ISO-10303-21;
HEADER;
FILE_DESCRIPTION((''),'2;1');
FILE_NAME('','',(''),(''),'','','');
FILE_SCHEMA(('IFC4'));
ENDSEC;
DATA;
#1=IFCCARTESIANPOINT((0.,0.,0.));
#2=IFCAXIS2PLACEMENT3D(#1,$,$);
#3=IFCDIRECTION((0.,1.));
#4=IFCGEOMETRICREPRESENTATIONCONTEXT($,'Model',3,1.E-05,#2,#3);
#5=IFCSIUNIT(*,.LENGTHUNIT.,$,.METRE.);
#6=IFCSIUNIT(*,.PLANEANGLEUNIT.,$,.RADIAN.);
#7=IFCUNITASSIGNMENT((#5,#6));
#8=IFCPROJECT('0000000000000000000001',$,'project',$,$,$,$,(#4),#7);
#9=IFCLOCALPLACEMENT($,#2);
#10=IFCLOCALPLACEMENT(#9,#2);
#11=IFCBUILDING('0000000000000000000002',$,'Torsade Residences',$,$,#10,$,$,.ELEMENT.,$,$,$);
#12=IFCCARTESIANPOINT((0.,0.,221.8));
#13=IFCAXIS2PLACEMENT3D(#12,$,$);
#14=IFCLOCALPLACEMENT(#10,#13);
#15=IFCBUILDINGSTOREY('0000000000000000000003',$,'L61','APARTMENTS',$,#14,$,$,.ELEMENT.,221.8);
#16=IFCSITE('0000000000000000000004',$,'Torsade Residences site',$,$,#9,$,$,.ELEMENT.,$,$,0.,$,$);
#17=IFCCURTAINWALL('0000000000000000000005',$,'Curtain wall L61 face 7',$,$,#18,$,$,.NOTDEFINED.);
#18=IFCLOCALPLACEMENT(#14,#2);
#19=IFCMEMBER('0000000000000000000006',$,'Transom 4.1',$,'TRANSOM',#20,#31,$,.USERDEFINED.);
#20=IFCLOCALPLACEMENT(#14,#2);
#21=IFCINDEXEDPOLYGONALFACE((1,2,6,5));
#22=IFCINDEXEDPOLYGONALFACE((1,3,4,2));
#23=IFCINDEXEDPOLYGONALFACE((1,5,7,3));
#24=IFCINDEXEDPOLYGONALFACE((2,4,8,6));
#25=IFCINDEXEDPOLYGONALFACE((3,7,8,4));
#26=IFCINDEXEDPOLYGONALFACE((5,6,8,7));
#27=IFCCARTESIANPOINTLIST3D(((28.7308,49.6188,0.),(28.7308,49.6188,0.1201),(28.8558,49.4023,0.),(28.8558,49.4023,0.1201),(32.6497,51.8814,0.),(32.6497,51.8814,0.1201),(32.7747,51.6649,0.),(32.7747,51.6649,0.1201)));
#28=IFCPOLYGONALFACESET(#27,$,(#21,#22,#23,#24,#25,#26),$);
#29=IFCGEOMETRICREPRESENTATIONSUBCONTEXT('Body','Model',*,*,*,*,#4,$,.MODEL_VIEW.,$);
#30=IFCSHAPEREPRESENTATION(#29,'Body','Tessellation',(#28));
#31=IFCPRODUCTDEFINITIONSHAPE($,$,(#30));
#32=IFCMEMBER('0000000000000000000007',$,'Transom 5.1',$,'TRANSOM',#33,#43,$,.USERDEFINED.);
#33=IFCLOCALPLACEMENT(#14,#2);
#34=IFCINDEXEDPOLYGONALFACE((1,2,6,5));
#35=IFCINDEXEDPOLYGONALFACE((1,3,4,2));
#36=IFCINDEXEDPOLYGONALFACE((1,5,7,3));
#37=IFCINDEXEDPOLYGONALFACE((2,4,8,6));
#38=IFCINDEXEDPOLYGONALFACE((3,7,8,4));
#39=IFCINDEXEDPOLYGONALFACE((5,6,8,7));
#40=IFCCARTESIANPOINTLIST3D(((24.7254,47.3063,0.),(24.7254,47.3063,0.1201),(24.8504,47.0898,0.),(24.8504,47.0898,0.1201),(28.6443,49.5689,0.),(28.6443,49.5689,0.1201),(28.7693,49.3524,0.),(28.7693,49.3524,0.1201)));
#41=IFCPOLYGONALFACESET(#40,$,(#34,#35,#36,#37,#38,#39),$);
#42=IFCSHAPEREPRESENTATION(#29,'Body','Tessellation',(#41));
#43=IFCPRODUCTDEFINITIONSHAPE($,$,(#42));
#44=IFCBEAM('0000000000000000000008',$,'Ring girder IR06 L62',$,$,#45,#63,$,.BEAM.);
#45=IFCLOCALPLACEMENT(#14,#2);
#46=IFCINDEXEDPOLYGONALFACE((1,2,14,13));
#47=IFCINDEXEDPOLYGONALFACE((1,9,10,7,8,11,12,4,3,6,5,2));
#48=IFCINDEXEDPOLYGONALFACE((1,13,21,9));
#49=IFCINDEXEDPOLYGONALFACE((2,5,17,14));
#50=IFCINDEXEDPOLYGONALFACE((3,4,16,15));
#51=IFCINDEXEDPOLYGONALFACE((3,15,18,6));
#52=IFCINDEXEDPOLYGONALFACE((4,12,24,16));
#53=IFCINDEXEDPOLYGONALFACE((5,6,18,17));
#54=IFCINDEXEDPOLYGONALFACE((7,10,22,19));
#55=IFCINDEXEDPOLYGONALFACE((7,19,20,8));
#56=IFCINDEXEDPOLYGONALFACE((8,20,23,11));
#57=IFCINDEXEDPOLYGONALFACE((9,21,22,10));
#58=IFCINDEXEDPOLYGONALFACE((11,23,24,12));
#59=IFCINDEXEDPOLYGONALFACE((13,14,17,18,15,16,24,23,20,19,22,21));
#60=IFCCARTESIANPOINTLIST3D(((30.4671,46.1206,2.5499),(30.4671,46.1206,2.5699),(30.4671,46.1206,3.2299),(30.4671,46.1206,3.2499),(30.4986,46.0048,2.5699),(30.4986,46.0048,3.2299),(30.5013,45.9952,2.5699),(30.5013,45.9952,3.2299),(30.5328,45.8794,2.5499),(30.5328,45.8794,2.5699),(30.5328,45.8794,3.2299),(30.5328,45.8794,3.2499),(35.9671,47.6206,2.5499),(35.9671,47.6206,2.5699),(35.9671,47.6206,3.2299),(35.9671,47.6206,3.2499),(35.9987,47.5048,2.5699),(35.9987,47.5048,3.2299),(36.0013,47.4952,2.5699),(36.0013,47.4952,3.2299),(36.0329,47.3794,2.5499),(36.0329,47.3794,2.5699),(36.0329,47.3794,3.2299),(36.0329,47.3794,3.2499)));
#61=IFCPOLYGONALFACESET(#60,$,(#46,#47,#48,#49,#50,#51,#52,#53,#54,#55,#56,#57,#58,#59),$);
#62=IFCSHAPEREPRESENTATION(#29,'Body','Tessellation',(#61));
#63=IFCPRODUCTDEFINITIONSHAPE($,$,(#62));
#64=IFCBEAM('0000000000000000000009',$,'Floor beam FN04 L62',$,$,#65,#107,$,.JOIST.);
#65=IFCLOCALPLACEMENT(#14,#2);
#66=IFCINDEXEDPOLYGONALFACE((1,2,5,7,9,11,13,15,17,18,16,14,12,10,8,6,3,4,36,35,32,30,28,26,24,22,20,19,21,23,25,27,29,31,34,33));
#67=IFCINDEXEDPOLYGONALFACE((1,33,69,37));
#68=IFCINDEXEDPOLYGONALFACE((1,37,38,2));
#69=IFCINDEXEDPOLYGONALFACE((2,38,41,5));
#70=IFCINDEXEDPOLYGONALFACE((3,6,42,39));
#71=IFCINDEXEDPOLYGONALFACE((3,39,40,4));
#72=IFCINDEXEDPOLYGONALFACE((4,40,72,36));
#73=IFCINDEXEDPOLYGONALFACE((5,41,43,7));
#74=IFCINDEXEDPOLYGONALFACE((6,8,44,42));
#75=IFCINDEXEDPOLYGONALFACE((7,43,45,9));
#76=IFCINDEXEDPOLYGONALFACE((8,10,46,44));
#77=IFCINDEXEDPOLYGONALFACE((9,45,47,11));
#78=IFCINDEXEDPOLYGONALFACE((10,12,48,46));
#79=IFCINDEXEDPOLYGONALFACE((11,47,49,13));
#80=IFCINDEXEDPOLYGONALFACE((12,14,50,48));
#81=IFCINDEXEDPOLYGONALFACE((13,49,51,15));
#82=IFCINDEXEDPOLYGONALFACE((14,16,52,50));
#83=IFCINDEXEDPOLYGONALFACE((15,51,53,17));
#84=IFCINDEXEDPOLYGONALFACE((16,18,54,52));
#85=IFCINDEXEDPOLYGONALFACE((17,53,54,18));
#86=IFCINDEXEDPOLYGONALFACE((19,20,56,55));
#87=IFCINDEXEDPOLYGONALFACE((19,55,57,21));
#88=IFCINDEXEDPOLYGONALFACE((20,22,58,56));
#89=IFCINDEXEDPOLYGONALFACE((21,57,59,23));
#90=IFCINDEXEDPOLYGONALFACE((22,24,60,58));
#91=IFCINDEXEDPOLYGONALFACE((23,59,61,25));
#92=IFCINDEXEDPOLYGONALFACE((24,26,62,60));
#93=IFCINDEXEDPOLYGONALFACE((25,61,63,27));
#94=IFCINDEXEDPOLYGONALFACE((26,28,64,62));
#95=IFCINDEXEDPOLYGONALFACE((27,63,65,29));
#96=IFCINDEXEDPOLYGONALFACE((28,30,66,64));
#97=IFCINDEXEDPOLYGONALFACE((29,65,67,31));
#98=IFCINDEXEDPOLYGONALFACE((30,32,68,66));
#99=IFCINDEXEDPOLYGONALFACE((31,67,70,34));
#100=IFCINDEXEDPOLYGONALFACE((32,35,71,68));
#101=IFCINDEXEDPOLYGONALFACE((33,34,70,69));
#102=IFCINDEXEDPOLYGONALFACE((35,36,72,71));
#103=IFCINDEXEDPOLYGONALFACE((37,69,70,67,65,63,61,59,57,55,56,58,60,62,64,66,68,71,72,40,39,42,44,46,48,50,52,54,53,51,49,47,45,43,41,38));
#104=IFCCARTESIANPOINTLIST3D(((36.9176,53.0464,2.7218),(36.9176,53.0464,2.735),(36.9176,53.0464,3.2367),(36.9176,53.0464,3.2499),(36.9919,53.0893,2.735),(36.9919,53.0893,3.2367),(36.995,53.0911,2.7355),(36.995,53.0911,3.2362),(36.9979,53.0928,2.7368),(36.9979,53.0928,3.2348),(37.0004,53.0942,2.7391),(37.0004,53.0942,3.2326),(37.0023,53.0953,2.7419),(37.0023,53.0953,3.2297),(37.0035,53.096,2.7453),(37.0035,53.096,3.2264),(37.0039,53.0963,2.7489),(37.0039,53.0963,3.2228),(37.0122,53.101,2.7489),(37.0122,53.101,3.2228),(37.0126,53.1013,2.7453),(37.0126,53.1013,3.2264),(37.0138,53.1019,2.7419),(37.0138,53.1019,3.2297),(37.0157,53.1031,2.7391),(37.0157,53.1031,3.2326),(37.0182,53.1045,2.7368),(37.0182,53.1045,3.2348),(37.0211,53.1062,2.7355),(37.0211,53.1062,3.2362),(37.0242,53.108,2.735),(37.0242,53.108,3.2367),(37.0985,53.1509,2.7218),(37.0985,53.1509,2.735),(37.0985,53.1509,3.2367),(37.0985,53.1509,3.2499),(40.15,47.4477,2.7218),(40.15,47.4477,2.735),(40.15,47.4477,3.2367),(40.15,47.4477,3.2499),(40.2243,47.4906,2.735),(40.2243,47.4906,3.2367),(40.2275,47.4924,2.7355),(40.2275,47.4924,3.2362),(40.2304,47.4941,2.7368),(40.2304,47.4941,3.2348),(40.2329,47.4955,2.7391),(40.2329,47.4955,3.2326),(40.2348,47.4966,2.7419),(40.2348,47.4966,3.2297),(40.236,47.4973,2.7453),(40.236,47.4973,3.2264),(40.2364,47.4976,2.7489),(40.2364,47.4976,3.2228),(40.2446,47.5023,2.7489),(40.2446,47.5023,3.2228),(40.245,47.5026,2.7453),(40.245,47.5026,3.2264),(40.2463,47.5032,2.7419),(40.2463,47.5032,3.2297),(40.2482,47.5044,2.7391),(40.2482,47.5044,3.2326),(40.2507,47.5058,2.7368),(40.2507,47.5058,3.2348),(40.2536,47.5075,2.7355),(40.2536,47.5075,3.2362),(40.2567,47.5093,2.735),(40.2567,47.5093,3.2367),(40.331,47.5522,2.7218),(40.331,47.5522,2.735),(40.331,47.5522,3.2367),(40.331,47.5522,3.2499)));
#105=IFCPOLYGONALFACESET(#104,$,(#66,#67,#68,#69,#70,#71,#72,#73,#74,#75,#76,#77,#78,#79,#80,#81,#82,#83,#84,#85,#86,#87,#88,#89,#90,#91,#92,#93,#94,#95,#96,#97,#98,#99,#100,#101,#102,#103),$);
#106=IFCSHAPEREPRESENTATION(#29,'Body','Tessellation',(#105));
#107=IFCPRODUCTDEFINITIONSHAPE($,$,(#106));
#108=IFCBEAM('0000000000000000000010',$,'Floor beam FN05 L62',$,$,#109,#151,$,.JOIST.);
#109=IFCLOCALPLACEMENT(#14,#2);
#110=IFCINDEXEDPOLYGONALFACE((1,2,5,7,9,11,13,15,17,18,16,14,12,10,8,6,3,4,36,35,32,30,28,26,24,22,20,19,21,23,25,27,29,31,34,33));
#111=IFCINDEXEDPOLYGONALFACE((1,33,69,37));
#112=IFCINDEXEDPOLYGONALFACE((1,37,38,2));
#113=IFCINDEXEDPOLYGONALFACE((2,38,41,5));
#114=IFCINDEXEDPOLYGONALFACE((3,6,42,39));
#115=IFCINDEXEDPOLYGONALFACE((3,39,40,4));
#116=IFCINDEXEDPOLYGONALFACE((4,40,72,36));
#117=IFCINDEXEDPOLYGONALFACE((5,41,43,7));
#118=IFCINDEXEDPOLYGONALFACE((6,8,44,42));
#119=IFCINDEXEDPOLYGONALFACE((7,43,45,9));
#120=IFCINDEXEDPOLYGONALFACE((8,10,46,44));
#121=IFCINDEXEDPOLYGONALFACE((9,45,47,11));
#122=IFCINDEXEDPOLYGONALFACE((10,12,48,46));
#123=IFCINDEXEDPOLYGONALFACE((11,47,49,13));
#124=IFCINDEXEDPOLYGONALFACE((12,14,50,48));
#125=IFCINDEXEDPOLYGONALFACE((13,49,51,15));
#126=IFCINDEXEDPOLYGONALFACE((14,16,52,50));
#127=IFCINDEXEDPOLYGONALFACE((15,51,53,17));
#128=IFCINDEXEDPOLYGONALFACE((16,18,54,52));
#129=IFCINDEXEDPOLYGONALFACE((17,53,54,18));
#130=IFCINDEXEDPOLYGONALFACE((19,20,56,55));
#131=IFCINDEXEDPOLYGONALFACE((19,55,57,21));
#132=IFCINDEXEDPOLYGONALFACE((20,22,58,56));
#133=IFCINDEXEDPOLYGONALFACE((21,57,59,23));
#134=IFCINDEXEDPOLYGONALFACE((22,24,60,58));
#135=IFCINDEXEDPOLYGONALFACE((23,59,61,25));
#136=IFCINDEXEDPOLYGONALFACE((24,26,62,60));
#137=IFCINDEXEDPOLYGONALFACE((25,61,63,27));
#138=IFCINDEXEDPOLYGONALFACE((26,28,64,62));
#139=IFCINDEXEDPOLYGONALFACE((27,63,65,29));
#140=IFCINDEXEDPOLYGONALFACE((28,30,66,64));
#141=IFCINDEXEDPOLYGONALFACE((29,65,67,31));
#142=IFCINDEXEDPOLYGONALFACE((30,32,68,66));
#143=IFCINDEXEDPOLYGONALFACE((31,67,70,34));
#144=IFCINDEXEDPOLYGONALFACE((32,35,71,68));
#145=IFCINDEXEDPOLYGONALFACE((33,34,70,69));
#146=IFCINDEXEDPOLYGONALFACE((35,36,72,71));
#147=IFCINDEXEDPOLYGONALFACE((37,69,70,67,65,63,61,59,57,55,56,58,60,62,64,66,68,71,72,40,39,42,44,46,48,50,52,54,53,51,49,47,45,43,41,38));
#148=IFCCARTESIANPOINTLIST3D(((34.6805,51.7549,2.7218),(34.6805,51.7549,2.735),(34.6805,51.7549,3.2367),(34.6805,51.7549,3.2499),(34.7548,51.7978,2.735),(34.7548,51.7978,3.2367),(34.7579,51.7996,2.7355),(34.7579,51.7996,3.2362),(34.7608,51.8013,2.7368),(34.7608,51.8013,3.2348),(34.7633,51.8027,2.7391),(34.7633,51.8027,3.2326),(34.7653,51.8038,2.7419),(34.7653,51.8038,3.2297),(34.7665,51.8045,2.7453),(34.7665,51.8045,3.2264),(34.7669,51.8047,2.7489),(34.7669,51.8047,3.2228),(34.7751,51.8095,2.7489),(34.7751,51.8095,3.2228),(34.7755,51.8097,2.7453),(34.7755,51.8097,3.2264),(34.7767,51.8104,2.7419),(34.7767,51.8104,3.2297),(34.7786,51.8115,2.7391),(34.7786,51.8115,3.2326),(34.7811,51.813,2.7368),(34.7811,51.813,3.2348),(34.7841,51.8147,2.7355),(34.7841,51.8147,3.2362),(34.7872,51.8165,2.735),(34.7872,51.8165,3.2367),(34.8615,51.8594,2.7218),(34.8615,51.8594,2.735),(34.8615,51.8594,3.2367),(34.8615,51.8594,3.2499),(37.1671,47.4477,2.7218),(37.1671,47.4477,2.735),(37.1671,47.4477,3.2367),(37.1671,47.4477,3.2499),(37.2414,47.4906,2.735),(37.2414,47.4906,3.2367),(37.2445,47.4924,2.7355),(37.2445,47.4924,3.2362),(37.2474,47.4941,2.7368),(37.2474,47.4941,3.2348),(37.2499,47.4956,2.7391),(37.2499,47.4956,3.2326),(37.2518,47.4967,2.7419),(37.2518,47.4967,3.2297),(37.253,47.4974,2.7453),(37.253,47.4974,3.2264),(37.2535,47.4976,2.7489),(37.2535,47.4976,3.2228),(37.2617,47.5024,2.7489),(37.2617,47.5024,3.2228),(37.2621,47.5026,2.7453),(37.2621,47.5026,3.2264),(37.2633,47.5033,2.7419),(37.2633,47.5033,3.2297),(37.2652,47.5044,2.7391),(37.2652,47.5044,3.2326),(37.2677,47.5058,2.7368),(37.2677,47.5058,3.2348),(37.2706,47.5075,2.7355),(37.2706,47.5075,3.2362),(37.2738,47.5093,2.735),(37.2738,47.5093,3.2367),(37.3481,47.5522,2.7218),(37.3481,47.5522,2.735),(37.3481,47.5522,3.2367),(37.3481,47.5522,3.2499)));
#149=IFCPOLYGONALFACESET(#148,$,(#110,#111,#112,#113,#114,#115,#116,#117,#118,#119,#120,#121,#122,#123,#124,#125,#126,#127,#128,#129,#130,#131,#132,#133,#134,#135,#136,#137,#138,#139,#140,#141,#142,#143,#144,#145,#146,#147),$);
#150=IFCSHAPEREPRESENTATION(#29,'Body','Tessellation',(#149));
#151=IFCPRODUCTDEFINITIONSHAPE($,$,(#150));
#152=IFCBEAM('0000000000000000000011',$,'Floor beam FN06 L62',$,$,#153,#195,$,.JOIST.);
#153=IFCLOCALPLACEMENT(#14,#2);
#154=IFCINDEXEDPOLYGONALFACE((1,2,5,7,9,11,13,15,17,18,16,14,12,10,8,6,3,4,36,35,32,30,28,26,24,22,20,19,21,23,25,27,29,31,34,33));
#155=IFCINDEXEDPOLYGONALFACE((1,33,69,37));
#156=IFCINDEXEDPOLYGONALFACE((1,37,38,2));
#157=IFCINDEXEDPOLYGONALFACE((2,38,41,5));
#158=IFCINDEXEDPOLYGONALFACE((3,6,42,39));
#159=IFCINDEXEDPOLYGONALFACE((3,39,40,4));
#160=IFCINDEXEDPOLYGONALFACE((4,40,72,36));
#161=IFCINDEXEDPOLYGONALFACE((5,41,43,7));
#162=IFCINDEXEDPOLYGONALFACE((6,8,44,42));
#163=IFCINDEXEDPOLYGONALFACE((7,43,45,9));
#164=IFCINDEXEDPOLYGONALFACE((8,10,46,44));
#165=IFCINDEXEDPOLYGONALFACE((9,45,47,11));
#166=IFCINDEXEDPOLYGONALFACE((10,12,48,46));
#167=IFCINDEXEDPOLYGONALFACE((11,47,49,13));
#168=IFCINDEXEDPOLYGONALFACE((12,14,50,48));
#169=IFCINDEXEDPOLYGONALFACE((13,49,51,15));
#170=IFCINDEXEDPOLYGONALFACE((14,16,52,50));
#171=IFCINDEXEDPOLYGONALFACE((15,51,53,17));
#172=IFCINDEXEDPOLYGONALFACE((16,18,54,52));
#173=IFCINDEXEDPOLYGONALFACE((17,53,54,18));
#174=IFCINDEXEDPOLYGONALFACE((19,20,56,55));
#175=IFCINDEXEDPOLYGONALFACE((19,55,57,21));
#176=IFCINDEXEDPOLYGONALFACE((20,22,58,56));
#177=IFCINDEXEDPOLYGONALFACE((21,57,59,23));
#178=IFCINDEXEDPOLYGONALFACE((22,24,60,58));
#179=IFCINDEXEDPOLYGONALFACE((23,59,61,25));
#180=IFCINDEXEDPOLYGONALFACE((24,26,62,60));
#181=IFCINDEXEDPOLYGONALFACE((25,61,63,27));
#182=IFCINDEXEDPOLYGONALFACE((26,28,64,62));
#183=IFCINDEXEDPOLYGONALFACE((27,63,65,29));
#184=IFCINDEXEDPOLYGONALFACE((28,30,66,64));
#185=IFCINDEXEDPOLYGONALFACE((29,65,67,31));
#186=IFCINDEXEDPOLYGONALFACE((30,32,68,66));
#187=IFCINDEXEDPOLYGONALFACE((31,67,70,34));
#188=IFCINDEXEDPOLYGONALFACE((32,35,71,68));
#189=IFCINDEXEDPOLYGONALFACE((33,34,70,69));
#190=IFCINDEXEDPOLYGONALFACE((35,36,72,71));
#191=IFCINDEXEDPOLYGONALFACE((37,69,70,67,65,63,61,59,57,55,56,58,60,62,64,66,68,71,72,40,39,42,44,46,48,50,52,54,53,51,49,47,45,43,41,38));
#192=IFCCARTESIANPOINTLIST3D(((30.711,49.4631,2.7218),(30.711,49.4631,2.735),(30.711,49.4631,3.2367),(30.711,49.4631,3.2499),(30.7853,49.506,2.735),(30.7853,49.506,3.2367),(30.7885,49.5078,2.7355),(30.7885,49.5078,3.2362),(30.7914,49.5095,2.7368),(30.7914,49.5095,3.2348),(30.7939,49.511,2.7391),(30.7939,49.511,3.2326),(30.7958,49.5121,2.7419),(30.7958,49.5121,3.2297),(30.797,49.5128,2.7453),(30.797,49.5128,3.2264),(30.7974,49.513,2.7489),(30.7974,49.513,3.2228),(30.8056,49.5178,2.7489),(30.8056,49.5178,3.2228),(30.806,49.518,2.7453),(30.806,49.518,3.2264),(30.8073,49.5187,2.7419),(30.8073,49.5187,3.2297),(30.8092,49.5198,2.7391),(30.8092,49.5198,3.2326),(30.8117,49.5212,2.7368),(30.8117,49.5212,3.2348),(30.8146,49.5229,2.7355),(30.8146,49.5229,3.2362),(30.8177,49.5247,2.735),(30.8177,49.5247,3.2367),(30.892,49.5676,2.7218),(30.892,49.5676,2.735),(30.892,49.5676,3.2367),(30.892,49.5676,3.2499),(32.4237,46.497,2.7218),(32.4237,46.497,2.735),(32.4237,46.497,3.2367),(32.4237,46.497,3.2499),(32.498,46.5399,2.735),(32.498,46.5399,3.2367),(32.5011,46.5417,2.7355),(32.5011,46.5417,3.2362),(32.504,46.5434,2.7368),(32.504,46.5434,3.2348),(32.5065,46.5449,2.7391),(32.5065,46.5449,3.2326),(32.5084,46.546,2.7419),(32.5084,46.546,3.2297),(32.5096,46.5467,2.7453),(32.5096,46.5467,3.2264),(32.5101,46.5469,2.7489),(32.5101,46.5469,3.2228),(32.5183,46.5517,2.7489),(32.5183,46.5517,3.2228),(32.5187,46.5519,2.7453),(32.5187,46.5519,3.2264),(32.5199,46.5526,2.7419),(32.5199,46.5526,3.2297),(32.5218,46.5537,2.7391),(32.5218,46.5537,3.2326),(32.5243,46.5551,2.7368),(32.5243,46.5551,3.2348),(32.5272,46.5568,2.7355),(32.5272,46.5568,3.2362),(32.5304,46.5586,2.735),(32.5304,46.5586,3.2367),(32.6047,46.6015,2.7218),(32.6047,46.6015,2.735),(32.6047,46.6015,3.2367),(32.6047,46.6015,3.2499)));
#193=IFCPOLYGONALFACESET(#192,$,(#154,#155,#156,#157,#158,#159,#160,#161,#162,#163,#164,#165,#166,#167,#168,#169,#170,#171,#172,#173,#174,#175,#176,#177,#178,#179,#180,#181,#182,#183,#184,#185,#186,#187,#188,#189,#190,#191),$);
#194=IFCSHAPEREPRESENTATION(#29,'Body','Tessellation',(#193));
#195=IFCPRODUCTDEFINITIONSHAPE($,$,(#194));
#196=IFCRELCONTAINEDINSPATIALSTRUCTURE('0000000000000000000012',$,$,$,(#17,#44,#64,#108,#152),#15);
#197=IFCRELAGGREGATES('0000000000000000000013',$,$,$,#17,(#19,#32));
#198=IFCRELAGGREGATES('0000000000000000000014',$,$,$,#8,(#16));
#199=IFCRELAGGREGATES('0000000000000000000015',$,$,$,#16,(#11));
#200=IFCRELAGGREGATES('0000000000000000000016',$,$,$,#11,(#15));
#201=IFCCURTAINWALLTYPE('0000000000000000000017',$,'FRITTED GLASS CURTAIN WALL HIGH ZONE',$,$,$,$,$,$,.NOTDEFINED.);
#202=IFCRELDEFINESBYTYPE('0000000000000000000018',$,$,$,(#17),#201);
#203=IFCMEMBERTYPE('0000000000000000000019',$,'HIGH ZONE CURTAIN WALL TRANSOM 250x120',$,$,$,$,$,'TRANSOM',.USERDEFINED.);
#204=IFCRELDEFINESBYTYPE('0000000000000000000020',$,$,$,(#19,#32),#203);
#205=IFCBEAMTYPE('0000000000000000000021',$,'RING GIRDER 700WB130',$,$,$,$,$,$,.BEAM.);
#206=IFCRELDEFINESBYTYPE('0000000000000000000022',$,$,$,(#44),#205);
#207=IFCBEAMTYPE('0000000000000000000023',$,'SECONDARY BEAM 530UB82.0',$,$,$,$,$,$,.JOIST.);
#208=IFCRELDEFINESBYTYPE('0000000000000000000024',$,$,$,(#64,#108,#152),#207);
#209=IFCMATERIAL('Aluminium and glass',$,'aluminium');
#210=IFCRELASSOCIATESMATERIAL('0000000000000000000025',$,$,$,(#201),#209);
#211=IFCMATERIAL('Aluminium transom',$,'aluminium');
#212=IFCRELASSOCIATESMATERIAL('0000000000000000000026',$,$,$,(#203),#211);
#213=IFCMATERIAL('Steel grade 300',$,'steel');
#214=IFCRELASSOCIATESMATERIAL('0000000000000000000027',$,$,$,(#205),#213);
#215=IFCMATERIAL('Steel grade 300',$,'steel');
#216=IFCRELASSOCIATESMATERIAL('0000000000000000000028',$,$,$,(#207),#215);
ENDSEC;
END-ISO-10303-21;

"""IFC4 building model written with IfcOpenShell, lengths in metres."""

from ifc_helpers import new_model, si_unit, direction, frame, origin, origin_2d, place, context, subcontext, project, spatial, rectangle, i_section, extrude, material, material_profile, profile_set, type_object, element, aggregate, save


model = new_model("IFC4")

# Units and contexts
model_context = context("Model", 3, precision=1e-05, world=origin(), true_north=direction((0.0, 1.0)))
body_context = subcontext(model_context, "Body", "Model", "MODEL_VIEW")
ifc_project = project(units=[si_unit("LENGTHUNIT", "METRE"), si_unit("PLANEANGLEUNIT", "RADIAN")], contexts=[model_context])

# Site, building, storey
site_placement = place(None, origin())
site = spatial("IfcSite", under=ifc_project, at=site_placement, Name="Torsade Residences site", CompositionType="ELEMENT", RefElevation=0.0)
building_placement = place(site_placement, origin())
building = spatial("IfcBuilding", under=site, at=building_placement, Name="Torsade Residences", CompositionType="ELEMENT")
storey_placement = place(building_placement, frame((0.0, 0.0, 221.8)))
storey = spatial("IfcBuildingStorey", under=building, at=storey_placement, Name="L61", Description="APARTMENTS", CompositionType="ELEMENT", Elevation=221.8)

# Curtain wall, members
ifc_material_1 = material(Name="Aluminium and glass", Category="aluminium")
curtain_wall_type = type_object("IfcCurtainWallType", Name="FRITTED GLASS CURTAIN WALL HIGH ZONE", PredefinedType="NOTDEFINED", material=ifc_material_1)
curtain_wall_placement = place(storey_placement, origin())
curtain_wall = element("IfcCurtainWall", 1, at=curtain_wall_placement, inside=storey, type_object=curtain_wall_type, Name="Curtain wall L61 face 7", PredefinedType="NOTDEFINED")
ifc_material_2 = material(Name="Aluminium transom", Category="aluminium")
ifc_material_profile_1 = material_profile(ifc_material_2, rectangle(XDim=0.25, YDim=0.1201, at=origin_2d()), Name="HIGH ZONE CURTAIN WALL TRANSOM 250x120")
ifc_profile_set_1 = profile_set([ifc_material_profile_1], Name="Aluminium transom")
member_type_1 = type_object("IfcMemberType", Name="HIGH ZONE CURTAIN WALL TRANSOM 250x120", ElementType="TRANSOM", PredefinedType="USERDEFINED", material=ifc_profile_set_1)
member_1_placement = place(storey_placement, frame((32.7122, 51.7732, 0.0601), z_axis=(-0.866017, -0.500015, 0.0), x_axis=(0.500015, -0.866017, 0.0)))
member_1 = element("IfcMember", 2, at=member_1_placement, type_object=member_type_1, Name="Transom 4.1", ObjectType="TRANSOM", PredefinedType="USERDEFINED", context=body_context, shape_type="SweptSolid", body=[
    extrude(rectangle(XDim=0.25, YDim=0.1201, at=origin_2d()), origin(), (0.0, 0.0, 1.0), 4.5251),
])
member_2_placement = place(storey_placement, frame((28.7068, 49.4607, 0.0601), z_axis=(-0.866017, -0.500015, 0.0), x_axis=(0.500015, -0.866017, 0.0)))
member_2 = element("IfcMember", 3, at=member_2_placement, type_object=member_type_1, Name="Transom 5.1", ObjectType="TRANSOM", PredefinedType="USERDEFINED", context=body_context, shape_type="SweptSolid", body=[
    extrude(rectangle(XDim=0.25, YDim=0.1201, at=origin_2d()), origin(), (0.0, 0.0, 1.0), 4.5251),
])

# Beams
ifc_material_3 = material(Name="Steel grade 300", Category="steel")
ifc_material_profile_2 = material_profile(ifc_material_3, i_section(OverallWidth=0.25, OverallDepth=0.7, WebThickness=0.01, FlangeThickness=0.02, at=origin_2d()), Name="700WB130")
ifc_profile_set_2 = profile_set([ifc_material_profile_2], Name="Steel grade 300")
beam_type_1 = type_object("IfcBeamType", Name="RING GIRDER 700WB130", PredefinedType="BEAM", material=ifc_profile_set_2)
beam_1_placement = place(storey_placement, frame((36.0, 47.5, 2.8999), z_axis=(-0.964764, -0.263117, 0.0), x_axis=(0.263117, -0.964764, 0.0)))
element("IfcBeam", 4, at=beam_1_placement, inside=storey, type_object=beam_type_1, Name="Ring girder IR06 L62", PredefinedType="BEAM", context=body_context, shape_type="SweptSolid", body=[
    extrude(i_section(OverallWidth=0.25, OverallDepth=0.7, WebThickness=0.01, FlangeThickness=0.02, at=origin_2d()), origin(), (0.0, 0.0, 1.0), 5.7009),
])
ifc_material_4 = material(Name="Steel grade 300", Category="steel")
ifc_material_profile_3 = material_profile(ifc_material_4, i_section(OverallWidth=0.209, OverallDepth=0.5281, WebThickness=0.0095, FlangeThickness=0.0132, FilletRadius=0.0139, at=origin_2d()), Name="530UB82.0")
ifc_profile_set_3 = profile_set([ifc_material_profile_3], Name="Steel grade 300")
beam_type_2 = type_object("IfcBeamType", Name="SECONDARY BEAM 530UB82.0", PredefinedType="JOIST", material=ifc_profile_set_3)
beam_2_placement = place(storey_placement, frame((37.0081, 53.0986, 2.9858), z_axis=(0.500006, -0.866022, 0.0), x_axis=(0.866022, 0.500006, 0.0)))
element("IfcBeam", 5, at=beam_2_placement, inside=storey, type_object=beam_type_2, Name="Floor beam FN04 L62", PredefinedType="JOIST", context=body_context, shape_type="SweptSolid", body=[
    extrude(i_section(OverallWidth=0.209, OverallDepth=0.5281, WebThickness=0.0095, FlangeThickness=0.0132, FilletRadius=0.0139, at=origin_2d()), origin(), (0.0, 0.0, 1.0), 6.4648),
])
beam_3_placement = place(storey_placement, frame((34.771, 51.8071, 2.9858), z_axis=(0.499977, -0.866038, 0.0), x_axis=(0.866038, 0.499977, 0.0)))
element("IfcBeam", 6, at=beam_3_placement, inside=storey, type_object=beam_type_2, Name="Floor beam FN05 L62", PredefinedType="JOIST", context=body_context, shape_type="SweptSolid", body=[
    extrude(i_section(OverallWidth=0.209, OverallDepth=0.5281, WebThickness=0.0095, FlangeThickness=0.0132, FilletRadius=0.0139, at=origin_2d()), origin(), (0.0, 0.0, 1.0), 4.9734),
])
beam_4_placement = place(storey_placement, frame((30.8015, 49.5154, 2.9858), z_axis=(0.500041, -0.866002, 0.0), x_axis=(0.866002, 0.500041, 0.0)))
element("IfcBeam", 7, at=beam_4_placement, inside=storey, type_object=beam_type_2, Name="Floor beam FN06 L62", PredefinedType="JOIST", context=body_context, shape_type="SweptSolid", body=[
    extrude(i_section(OverallWidth=0.209, OverallDepth=0.5281, WebThickness=0.0095, FlangeThickness=0.0132, FilletRadius=0.0139, at=origin_2d()), origin(), (0.0, 0.0, 1.0), 3.425),
])

aggregate(curtain_wall, [member_1, member_2])

save(model, "model.ifc")
